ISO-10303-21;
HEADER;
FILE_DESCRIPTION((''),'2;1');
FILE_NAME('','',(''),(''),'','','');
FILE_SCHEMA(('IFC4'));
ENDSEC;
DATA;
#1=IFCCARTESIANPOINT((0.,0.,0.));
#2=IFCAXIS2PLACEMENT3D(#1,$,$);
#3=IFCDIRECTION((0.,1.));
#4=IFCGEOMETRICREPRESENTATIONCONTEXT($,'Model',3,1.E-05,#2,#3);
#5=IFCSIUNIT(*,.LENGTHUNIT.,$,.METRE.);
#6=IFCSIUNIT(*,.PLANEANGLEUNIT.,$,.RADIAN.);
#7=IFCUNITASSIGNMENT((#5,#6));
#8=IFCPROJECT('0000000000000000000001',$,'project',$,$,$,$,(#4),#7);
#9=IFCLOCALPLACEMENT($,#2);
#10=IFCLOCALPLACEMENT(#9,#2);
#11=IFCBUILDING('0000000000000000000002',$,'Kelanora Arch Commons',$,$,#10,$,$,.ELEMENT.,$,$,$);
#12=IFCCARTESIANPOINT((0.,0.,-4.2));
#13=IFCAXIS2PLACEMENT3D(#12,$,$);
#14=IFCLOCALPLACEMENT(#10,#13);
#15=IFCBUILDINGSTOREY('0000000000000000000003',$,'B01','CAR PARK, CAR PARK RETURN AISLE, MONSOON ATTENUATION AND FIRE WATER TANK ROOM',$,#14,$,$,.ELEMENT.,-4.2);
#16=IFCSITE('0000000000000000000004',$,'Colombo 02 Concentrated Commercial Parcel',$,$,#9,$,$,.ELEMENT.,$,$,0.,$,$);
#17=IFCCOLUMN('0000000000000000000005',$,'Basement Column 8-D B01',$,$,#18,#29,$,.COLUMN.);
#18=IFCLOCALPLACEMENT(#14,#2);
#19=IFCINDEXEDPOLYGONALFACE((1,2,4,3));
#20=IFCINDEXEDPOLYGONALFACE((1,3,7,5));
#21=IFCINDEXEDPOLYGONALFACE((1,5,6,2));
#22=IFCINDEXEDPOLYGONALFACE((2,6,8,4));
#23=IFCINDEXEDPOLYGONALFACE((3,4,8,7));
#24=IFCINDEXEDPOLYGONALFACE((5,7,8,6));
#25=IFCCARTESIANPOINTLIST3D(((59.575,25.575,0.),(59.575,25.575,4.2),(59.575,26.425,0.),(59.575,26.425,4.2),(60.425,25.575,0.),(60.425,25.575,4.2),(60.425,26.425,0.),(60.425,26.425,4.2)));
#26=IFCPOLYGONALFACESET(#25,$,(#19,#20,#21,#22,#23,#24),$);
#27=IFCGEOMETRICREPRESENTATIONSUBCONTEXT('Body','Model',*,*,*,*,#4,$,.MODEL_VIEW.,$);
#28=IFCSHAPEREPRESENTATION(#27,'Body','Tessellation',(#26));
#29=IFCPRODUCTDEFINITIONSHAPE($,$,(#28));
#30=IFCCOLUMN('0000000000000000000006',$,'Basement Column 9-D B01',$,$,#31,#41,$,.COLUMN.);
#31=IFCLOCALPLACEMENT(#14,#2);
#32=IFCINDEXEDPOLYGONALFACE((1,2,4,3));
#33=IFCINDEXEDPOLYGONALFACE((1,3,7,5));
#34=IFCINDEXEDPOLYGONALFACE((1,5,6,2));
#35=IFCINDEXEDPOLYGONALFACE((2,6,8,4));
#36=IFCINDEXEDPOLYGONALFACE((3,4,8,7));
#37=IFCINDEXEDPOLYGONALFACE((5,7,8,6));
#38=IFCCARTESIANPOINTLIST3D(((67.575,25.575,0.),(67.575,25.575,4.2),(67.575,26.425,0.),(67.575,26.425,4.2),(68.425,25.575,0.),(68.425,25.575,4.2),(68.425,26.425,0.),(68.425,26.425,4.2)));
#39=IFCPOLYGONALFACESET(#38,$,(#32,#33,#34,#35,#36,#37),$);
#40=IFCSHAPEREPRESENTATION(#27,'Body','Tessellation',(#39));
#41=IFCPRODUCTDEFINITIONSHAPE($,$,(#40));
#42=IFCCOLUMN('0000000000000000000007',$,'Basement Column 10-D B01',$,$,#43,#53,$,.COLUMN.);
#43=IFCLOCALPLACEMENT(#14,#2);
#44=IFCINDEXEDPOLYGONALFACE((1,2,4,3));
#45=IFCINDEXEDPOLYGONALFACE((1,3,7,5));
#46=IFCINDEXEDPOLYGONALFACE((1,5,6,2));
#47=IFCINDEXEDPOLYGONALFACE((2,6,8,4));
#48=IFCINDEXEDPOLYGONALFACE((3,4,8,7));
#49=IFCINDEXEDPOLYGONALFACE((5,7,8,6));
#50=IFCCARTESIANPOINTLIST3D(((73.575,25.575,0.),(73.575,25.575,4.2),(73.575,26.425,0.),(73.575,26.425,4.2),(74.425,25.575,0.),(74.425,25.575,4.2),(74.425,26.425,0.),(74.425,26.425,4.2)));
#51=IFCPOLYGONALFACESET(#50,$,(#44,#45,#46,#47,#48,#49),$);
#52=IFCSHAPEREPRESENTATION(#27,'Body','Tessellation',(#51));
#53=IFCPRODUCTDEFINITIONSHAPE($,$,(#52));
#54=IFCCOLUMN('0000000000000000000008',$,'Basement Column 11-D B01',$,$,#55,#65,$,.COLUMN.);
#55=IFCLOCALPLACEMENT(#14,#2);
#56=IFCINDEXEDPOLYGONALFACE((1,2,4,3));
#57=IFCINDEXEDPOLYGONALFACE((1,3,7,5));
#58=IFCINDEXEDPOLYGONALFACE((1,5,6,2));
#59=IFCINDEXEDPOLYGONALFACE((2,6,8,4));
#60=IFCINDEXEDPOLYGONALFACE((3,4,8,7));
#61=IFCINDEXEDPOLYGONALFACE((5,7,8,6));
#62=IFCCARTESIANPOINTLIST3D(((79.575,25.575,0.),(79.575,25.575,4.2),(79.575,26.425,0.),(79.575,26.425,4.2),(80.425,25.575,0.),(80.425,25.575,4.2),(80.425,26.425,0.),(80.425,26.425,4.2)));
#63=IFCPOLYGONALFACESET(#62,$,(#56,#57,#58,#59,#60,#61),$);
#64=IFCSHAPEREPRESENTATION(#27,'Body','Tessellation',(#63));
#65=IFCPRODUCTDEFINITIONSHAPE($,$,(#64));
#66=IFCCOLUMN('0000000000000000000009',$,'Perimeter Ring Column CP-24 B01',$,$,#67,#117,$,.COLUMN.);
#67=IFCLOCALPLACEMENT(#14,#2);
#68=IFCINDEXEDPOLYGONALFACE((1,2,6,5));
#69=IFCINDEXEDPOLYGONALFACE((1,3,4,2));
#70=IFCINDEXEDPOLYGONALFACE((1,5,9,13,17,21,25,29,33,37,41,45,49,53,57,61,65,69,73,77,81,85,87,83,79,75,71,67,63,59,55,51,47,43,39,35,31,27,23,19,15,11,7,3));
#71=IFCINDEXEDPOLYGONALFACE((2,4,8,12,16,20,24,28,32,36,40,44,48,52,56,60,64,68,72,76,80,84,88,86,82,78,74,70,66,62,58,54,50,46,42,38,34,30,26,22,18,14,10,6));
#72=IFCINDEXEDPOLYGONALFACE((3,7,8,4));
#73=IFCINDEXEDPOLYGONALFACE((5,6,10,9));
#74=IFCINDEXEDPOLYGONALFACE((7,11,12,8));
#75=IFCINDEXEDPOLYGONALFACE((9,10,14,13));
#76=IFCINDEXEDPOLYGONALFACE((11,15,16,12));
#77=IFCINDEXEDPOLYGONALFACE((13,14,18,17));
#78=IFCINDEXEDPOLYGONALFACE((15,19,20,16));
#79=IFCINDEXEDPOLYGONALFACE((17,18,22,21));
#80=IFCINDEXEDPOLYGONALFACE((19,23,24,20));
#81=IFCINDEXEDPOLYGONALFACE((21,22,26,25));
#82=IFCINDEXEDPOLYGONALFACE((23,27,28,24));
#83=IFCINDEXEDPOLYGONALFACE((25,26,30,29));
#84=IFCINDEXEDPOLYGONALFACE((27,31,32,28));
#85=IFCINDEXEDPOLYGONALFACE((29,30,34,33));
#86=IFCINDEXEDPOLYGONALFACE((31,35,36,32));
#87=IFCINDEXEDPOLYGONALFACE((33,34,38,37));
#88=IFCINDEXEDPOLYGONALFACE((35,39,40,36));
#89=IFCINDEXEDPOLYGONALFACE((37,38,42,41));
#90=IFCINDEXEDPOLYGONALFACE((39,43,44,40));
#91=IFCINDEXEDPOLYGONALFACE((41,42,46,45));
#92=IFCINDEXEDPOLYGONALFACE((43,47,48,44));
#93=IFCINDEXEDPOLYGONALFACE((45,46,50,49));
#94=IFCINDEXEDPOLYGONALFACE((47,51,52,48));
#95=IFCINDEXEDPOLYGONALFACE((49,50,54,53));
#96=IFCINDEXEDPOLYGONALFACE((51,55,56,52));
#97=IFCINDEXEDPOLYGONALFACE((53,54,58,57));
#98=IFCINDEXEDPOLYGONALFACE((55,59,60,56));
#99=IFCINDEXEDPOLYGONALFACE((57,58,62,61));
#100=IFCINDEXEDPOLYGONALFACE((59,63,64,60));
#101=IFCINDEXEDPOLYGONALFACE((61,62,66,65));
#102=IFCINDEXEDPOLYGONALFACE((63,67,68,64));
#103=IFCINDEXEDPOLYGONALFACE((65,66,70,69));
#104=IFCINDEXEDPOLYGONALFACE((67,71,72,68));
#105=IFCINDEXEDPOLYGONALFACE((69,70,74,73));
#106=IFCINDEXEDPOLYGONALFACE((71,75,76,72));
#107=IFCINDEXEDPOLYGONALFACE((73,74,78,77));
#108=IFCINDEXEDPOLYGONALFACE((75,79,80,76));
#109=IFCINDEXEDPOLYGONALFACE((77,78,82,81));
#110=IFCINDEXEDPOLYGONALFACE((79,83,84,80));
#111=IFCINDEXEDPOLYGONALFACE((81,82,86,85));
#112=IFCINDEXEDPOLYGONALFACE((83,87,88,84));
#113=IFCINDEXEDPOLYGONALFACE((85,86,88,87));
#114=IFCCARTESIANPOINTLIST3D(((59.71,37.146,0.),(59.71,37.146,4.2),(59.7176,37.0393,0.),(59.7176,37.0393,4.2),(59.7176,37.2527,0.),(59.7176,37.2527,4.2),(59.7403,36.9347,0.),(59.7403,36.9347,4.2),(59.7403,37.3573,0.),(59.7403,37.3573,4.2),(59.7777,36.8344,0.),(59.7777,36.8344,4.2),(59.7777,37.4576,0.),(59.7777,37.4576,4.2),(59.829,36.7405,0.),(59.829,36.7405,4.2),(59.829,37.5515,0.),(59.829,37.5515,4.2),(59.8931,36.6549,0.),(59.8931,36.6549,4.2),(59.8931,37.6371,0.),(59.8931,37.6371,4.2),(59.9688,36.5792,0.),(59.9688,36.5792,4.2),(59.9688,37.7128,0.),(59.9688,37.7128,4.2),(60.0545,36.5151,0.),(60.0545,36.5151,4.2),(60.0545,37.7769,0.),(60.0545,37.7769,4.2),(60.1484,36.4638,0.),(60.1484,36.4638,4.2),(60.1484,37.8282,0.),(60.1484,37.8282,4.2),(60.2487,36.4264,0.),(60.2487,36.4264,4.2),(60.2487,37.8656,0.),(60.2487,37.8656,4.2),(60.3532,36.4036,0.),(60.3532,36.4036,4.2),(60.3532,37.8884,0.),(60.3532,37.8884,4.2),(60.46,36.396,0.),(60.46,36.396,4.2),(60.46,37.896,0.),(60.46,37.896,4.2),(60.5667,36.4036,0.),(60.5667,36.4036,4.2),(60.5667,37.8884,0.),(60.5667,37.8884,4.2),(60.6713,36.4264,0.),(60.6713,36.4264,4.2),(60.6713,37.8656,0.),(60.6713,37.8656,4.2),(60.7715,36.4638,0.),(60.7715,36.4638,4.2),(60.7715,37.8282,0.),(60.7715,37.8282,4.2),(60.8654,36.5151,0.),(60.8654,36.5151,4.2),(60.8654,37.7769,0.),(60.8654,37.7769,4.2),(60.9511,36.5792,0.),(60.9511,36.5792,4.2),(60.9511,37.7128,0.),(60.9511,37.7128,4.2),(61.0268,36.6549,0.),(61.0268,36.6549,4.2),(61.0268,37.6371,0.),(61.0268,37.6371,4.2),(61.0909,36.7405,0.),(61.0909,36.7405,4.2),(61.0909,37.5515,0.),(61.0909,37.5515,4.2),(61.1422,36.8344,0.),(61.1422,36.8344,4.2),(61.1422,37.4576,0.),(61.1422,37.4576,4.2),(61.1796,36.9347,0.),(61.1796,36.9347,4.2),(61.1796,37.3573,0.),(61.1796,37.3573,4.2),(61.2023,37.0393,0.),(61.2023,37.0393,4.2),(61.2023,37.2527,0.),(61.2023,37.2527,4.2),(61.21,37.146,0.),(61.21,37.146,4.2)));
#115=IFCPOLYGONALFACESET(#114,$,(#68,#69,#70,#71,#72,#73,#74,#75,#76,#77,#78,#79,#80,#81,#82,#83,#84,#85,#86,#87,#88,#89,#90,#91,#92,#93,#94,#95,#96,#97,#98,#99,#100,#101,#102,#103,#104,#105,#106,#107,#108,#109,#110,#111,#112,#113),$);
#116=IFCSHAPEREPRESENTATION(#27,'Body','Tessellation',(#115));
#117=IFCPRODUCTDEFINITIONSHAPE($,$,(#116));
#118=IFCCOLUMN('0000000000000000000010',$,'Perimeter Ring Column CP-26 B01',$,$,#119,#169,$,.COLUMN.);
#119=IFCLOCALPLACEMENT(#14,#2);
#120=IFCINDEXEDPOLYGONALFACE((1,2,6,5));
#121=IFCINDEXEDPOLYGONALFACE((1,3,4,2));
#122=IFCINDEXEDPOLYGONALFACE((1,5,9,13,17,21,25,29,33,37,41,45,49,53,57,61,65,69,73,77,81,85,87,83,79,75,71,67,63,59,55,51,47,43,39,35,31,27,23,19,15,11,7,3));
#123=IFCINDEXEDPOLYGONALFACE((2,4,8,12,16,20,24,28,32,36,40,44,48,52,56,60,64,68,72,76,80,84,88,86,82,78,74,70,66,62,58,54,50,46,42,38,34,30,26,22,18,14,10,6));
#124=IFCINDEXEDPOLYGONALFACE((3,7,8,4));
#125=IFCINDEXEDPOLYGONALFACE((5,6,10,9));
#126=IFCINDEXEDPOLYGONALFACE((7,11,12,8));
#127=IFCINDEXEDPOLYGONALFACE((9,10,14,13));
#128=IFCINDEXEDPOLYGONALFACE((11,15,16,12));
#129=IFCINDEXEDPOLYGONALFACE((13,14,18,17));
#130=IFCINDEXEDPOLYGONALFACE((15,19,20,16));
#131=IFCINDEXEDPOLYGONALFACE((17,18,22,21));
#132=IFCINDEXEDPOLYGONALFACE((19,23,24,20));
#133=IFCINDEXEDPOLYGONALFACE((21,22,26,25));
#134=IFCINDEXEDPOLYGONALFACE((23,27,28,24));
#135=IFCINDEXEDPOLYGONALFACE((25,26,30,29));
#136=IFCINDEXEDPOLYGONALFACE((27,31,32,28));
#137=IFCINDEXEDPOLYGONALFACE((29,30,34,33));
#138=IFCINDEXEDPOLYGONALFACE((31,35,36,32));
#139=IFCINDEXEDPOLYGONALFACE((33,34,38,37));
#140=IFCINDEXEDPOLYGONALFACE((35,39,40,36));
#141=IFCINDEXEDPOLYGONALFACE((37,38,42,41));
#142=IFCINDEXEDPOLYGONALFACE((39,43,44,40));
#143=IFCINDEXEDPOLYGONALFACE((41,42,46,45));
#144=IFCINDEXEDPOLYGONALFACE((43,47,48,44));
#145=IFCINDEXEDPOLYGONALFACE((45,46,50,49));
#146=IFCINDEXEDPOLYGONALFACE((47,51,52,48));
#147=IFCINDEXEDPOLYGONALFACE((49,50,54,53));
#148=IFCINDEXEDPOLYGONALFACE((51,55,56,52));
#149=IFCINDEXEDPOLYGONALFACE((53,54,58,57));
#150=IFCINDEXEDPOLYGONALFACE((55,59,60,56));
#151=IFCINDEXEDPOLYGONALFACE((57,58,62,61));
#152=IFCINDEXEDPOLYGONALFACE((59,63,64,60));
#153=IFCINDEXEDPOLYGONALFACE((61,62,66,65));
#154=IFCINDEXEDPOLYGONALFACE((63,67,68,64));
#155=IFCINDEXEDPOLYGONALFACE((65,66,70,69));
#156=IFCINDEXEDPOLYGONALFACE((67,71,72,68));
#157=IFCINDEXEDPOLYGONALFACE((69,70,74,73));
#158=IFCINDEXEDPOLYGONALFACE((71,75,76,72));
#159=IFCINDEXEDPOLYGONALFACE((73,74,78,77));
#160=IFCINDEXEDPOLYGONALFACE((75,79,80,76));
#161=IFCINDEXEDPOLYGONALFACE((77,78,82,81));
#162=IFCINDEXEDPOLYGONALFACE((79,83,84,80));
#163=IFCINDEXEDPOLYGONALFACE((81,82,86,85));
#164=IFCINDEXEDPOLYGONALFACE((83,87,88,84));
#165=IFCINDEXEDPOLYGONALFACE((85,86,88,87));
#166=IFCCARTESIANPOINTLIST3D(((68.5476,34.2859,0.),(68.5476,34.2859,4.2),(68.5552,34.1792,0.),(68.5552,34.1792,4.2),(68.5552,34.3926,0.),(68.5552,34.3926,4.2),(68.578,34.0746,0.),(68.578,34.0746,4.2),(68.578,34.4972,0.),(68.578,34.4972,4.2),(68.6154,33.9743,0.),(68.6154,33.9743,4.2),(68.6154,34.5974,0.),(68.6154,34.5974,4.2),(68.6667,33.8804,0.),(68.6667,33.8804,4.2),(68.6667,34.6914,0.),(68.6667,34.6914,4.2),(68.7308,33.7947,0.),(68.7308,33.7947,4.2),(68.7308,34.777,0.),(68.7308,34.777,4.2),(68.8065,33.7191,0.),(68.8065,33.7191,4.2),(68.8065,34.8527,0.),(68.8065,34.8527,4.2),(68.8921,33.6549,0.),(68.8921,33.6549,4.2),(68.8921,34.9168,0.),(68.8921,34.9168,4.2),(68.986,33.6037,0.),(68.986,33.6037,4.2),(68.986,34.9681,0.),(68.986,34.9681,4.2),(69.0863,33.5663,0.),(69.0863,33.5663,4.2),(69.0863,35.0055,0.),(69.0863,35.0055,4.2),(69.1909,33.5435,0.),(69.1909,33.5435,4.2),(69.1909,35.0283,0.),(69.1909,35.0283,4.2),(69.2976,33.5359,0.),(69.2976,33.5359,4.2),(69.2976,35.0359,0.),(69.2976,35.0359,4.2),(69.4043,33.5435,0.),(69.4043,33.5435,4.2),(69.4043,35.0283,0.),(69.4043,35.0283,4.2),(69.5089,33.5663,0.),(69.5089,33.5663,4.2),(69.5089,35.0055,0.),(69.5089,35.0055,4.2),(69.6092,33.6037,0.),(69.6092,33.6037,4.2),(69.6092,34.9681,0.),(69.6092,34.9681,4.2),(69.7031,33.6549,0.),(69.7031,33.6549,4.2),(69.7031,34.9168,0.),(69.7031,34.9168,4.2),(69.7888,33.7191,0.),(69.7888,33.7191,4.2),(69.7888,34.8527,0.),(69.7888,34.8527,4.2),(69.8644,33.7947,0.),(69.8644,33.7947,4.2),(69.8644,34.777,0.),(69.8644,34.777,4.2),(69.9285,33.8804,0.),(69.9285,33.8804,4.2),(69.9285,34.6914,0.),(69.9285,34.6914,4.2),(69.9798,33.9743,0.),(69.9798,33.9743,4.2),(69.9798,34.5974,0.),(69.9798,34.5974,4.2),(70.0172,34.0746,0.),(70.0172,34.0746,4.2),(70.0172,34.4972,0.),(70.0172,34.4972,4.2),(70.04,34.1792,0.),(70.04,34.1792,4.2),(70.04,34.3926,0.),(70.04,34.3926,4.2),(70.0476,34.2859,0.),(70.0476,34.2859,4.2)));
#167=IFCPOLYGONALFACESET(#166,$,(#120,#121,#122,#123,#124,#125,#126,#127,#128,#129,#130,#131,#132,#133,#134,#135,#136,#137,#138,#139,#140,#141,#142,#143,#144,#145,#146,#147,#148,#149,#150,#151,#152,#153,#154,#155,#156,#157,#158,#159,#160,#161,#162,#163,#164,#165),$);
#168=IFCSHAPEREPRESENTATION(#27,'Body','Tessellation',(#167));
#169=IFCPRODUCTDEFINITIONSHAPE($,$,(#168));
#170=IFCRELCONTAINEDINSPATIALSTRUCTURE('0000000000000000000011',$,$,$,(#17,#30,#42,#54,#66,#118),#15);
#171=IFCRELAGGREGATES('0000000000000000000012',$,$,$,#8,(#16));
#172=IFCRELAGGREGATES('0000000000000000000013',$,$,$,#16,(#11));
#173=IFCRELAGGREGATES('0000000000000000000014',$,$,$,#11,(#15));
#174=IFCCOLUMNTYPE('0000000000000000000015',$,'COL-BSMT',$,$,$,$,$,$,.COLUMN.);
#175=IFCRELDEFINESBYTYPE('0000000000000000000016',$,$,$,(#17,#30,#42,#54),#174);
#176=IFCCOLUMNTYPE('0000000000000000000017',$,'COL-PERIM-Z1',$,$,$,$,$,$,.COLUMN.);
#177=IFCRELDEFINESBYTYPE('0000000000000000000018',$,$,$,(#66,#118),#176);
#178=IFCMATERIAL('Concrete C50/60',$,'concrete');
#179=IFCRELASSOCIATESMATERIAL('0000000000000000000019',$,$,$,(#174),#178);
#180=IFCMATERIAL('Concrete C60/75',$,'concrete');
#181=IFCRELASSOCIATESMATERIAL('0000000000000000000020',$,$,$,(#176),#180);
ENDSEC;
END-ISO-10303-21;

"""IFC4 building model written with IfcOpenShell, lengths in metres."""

from ifc_helpers import new_model, si_unit, direction, frame, origin, origin_2d, place, context, subcontext, project, spatial, rectangle, circle, extrude, material, material_profile, profile_set, type_object, element, save


model = new_model("IFC4")

# Units and contexts
model_context = context("Model", 3, precision=1e-05, world=origin(), true_north=direction((0.0, 1.0)))
body_context = subcontext(model_context, "Body", "Model", "MODEL_VIEW")
ifc_project = project(units=[si_unit("LENGTHUNIT", "METRE"), si_unit("PLANEANGLEUNIT", "RADIAN")], contexts=[model_context])

# Site, building, storey
site_placement = place(None, origin())
site = spatial("IfcSite", under=ifc_project, at=site_placement, Name="Colombo 02 Concentrated Commercial Parcel", CompositionType="ELEMENT", RefElevation=0.0)
building_placement = place(site_placement, origin())
building = spatial("IfcBuilding", under=site, at=building_placement, Name="Kelanora Arch Commons", CompositionType="ELEMENT")
storey_placement = place(building_placement, frame((0.0, 0.0, -4.2)))
storey = spatial("IfcBuildingStorey", under=building, at=storey_placement, Name="B01", Description="CAR PARK, CAR PARK RETURN AISLE, MONSOON ATTENUATION AND FIRE WATER TANK ROOM", CompositionType="ELEMENT", Elevation=-4.2)

# Columns
ifc_material_1 = material(Name="Concrete C50/60", Category="concrete")
ifc_material_profile_1 = material_profile(ifc_material_1, rectangle(XDim=0.8501, YDim=0.8501, at=origin_2d()), Name="RC850x850")
ifc_profile_set_1 = profile_set([ifc_material_profile_1], Name="Concrete C50/60")
column_type_1 = type_object("IfcColumnType", Name="COL-BSMT", PredefinedType="COLUMN", material=ifc_profile_set_1)
for number, where, z_axis, x_axis, name in (
    (1, (60.0, 26.0, 0.0), (0.0, 0.0, 1.0), (1.0, 0.0, 0.0), "Basement Column 8-D B01"),
    (2, (68.0, 26.0, 0.0), (0.0, 0.0, 1.0), (1.0, 0.0, 0.0), "Basement Column 9-D B01"),
    (3, (74.0, 26.0, 0.0), (0.0, 0.0, 1.0), (1.0, 0.0, 0.0), "Basement Column 10-D B01"),
    (4, (80.0, 26.0, 0.0), (0.0, 0.0, 1.0), (1.0, 0.0, 0.0), "Basement Column 11-D B01"),
):
    element("IfcColumn", number, at=place(storey_placement, frame(where, z_axis=z_axis, x_axis=x_axis)), inside=storey, type_object=column_type_1, Name=name, PredefinedType="COLUMN", context=body_context, shape_type="SweptSolid", body=[
        extrude(rectangle(XDim=0.8501, YDim=0.8501, at=origin_2d()), origin(), (0.0, 0.0, 1.0), 4.2),
    ])
ifc_material_2 = material(Name="Concrete C60/75", Category="concrete")
ifc_material_profile_2 = material_profile(ifc_material_2, circle(Radius=0.75, at=origin_2d()), Name="RCC1500")
ifc_profile_set_2 = profile_set([ifc_material_profile_2], Name="Concrete C60/75")
column_type_2 = type_object("IfcColumnType", Name="COL-PERIM-Z1", PredefinedType="COLUMN", material=ifc_profile_set_2)
for number, where, z_axis, x_axis, name in (
    (5, (60.46, 37.146, 0.0), (0.0, 0.0, 1.0), (1.0, 0.0, 0.0), "Perimeter Ring Column CP-24 B01"),
    (6, (69.2976, 34.2859, 0.0), (0.0, 0.0, 1.0), (1.0, 0.0, 0.0), "Perimeter Ring Column CP-26 B01"),
):
    element("IfcColumn", number, at=place(storey_placement, frame(where, z_axis=z_axis, x_axis=x_axis)), inside=storey, type_object=column_type_2, Name=name, PredefinedType="COLUMN", context=body_context, shape_type="SweptSolid", body=[
        extrude(circle(Radius=0.75, at=origin_2d()), origin(), (0.0, 0.0, 1.0), 4.2),
    ])

save(model, "model.ifc")
